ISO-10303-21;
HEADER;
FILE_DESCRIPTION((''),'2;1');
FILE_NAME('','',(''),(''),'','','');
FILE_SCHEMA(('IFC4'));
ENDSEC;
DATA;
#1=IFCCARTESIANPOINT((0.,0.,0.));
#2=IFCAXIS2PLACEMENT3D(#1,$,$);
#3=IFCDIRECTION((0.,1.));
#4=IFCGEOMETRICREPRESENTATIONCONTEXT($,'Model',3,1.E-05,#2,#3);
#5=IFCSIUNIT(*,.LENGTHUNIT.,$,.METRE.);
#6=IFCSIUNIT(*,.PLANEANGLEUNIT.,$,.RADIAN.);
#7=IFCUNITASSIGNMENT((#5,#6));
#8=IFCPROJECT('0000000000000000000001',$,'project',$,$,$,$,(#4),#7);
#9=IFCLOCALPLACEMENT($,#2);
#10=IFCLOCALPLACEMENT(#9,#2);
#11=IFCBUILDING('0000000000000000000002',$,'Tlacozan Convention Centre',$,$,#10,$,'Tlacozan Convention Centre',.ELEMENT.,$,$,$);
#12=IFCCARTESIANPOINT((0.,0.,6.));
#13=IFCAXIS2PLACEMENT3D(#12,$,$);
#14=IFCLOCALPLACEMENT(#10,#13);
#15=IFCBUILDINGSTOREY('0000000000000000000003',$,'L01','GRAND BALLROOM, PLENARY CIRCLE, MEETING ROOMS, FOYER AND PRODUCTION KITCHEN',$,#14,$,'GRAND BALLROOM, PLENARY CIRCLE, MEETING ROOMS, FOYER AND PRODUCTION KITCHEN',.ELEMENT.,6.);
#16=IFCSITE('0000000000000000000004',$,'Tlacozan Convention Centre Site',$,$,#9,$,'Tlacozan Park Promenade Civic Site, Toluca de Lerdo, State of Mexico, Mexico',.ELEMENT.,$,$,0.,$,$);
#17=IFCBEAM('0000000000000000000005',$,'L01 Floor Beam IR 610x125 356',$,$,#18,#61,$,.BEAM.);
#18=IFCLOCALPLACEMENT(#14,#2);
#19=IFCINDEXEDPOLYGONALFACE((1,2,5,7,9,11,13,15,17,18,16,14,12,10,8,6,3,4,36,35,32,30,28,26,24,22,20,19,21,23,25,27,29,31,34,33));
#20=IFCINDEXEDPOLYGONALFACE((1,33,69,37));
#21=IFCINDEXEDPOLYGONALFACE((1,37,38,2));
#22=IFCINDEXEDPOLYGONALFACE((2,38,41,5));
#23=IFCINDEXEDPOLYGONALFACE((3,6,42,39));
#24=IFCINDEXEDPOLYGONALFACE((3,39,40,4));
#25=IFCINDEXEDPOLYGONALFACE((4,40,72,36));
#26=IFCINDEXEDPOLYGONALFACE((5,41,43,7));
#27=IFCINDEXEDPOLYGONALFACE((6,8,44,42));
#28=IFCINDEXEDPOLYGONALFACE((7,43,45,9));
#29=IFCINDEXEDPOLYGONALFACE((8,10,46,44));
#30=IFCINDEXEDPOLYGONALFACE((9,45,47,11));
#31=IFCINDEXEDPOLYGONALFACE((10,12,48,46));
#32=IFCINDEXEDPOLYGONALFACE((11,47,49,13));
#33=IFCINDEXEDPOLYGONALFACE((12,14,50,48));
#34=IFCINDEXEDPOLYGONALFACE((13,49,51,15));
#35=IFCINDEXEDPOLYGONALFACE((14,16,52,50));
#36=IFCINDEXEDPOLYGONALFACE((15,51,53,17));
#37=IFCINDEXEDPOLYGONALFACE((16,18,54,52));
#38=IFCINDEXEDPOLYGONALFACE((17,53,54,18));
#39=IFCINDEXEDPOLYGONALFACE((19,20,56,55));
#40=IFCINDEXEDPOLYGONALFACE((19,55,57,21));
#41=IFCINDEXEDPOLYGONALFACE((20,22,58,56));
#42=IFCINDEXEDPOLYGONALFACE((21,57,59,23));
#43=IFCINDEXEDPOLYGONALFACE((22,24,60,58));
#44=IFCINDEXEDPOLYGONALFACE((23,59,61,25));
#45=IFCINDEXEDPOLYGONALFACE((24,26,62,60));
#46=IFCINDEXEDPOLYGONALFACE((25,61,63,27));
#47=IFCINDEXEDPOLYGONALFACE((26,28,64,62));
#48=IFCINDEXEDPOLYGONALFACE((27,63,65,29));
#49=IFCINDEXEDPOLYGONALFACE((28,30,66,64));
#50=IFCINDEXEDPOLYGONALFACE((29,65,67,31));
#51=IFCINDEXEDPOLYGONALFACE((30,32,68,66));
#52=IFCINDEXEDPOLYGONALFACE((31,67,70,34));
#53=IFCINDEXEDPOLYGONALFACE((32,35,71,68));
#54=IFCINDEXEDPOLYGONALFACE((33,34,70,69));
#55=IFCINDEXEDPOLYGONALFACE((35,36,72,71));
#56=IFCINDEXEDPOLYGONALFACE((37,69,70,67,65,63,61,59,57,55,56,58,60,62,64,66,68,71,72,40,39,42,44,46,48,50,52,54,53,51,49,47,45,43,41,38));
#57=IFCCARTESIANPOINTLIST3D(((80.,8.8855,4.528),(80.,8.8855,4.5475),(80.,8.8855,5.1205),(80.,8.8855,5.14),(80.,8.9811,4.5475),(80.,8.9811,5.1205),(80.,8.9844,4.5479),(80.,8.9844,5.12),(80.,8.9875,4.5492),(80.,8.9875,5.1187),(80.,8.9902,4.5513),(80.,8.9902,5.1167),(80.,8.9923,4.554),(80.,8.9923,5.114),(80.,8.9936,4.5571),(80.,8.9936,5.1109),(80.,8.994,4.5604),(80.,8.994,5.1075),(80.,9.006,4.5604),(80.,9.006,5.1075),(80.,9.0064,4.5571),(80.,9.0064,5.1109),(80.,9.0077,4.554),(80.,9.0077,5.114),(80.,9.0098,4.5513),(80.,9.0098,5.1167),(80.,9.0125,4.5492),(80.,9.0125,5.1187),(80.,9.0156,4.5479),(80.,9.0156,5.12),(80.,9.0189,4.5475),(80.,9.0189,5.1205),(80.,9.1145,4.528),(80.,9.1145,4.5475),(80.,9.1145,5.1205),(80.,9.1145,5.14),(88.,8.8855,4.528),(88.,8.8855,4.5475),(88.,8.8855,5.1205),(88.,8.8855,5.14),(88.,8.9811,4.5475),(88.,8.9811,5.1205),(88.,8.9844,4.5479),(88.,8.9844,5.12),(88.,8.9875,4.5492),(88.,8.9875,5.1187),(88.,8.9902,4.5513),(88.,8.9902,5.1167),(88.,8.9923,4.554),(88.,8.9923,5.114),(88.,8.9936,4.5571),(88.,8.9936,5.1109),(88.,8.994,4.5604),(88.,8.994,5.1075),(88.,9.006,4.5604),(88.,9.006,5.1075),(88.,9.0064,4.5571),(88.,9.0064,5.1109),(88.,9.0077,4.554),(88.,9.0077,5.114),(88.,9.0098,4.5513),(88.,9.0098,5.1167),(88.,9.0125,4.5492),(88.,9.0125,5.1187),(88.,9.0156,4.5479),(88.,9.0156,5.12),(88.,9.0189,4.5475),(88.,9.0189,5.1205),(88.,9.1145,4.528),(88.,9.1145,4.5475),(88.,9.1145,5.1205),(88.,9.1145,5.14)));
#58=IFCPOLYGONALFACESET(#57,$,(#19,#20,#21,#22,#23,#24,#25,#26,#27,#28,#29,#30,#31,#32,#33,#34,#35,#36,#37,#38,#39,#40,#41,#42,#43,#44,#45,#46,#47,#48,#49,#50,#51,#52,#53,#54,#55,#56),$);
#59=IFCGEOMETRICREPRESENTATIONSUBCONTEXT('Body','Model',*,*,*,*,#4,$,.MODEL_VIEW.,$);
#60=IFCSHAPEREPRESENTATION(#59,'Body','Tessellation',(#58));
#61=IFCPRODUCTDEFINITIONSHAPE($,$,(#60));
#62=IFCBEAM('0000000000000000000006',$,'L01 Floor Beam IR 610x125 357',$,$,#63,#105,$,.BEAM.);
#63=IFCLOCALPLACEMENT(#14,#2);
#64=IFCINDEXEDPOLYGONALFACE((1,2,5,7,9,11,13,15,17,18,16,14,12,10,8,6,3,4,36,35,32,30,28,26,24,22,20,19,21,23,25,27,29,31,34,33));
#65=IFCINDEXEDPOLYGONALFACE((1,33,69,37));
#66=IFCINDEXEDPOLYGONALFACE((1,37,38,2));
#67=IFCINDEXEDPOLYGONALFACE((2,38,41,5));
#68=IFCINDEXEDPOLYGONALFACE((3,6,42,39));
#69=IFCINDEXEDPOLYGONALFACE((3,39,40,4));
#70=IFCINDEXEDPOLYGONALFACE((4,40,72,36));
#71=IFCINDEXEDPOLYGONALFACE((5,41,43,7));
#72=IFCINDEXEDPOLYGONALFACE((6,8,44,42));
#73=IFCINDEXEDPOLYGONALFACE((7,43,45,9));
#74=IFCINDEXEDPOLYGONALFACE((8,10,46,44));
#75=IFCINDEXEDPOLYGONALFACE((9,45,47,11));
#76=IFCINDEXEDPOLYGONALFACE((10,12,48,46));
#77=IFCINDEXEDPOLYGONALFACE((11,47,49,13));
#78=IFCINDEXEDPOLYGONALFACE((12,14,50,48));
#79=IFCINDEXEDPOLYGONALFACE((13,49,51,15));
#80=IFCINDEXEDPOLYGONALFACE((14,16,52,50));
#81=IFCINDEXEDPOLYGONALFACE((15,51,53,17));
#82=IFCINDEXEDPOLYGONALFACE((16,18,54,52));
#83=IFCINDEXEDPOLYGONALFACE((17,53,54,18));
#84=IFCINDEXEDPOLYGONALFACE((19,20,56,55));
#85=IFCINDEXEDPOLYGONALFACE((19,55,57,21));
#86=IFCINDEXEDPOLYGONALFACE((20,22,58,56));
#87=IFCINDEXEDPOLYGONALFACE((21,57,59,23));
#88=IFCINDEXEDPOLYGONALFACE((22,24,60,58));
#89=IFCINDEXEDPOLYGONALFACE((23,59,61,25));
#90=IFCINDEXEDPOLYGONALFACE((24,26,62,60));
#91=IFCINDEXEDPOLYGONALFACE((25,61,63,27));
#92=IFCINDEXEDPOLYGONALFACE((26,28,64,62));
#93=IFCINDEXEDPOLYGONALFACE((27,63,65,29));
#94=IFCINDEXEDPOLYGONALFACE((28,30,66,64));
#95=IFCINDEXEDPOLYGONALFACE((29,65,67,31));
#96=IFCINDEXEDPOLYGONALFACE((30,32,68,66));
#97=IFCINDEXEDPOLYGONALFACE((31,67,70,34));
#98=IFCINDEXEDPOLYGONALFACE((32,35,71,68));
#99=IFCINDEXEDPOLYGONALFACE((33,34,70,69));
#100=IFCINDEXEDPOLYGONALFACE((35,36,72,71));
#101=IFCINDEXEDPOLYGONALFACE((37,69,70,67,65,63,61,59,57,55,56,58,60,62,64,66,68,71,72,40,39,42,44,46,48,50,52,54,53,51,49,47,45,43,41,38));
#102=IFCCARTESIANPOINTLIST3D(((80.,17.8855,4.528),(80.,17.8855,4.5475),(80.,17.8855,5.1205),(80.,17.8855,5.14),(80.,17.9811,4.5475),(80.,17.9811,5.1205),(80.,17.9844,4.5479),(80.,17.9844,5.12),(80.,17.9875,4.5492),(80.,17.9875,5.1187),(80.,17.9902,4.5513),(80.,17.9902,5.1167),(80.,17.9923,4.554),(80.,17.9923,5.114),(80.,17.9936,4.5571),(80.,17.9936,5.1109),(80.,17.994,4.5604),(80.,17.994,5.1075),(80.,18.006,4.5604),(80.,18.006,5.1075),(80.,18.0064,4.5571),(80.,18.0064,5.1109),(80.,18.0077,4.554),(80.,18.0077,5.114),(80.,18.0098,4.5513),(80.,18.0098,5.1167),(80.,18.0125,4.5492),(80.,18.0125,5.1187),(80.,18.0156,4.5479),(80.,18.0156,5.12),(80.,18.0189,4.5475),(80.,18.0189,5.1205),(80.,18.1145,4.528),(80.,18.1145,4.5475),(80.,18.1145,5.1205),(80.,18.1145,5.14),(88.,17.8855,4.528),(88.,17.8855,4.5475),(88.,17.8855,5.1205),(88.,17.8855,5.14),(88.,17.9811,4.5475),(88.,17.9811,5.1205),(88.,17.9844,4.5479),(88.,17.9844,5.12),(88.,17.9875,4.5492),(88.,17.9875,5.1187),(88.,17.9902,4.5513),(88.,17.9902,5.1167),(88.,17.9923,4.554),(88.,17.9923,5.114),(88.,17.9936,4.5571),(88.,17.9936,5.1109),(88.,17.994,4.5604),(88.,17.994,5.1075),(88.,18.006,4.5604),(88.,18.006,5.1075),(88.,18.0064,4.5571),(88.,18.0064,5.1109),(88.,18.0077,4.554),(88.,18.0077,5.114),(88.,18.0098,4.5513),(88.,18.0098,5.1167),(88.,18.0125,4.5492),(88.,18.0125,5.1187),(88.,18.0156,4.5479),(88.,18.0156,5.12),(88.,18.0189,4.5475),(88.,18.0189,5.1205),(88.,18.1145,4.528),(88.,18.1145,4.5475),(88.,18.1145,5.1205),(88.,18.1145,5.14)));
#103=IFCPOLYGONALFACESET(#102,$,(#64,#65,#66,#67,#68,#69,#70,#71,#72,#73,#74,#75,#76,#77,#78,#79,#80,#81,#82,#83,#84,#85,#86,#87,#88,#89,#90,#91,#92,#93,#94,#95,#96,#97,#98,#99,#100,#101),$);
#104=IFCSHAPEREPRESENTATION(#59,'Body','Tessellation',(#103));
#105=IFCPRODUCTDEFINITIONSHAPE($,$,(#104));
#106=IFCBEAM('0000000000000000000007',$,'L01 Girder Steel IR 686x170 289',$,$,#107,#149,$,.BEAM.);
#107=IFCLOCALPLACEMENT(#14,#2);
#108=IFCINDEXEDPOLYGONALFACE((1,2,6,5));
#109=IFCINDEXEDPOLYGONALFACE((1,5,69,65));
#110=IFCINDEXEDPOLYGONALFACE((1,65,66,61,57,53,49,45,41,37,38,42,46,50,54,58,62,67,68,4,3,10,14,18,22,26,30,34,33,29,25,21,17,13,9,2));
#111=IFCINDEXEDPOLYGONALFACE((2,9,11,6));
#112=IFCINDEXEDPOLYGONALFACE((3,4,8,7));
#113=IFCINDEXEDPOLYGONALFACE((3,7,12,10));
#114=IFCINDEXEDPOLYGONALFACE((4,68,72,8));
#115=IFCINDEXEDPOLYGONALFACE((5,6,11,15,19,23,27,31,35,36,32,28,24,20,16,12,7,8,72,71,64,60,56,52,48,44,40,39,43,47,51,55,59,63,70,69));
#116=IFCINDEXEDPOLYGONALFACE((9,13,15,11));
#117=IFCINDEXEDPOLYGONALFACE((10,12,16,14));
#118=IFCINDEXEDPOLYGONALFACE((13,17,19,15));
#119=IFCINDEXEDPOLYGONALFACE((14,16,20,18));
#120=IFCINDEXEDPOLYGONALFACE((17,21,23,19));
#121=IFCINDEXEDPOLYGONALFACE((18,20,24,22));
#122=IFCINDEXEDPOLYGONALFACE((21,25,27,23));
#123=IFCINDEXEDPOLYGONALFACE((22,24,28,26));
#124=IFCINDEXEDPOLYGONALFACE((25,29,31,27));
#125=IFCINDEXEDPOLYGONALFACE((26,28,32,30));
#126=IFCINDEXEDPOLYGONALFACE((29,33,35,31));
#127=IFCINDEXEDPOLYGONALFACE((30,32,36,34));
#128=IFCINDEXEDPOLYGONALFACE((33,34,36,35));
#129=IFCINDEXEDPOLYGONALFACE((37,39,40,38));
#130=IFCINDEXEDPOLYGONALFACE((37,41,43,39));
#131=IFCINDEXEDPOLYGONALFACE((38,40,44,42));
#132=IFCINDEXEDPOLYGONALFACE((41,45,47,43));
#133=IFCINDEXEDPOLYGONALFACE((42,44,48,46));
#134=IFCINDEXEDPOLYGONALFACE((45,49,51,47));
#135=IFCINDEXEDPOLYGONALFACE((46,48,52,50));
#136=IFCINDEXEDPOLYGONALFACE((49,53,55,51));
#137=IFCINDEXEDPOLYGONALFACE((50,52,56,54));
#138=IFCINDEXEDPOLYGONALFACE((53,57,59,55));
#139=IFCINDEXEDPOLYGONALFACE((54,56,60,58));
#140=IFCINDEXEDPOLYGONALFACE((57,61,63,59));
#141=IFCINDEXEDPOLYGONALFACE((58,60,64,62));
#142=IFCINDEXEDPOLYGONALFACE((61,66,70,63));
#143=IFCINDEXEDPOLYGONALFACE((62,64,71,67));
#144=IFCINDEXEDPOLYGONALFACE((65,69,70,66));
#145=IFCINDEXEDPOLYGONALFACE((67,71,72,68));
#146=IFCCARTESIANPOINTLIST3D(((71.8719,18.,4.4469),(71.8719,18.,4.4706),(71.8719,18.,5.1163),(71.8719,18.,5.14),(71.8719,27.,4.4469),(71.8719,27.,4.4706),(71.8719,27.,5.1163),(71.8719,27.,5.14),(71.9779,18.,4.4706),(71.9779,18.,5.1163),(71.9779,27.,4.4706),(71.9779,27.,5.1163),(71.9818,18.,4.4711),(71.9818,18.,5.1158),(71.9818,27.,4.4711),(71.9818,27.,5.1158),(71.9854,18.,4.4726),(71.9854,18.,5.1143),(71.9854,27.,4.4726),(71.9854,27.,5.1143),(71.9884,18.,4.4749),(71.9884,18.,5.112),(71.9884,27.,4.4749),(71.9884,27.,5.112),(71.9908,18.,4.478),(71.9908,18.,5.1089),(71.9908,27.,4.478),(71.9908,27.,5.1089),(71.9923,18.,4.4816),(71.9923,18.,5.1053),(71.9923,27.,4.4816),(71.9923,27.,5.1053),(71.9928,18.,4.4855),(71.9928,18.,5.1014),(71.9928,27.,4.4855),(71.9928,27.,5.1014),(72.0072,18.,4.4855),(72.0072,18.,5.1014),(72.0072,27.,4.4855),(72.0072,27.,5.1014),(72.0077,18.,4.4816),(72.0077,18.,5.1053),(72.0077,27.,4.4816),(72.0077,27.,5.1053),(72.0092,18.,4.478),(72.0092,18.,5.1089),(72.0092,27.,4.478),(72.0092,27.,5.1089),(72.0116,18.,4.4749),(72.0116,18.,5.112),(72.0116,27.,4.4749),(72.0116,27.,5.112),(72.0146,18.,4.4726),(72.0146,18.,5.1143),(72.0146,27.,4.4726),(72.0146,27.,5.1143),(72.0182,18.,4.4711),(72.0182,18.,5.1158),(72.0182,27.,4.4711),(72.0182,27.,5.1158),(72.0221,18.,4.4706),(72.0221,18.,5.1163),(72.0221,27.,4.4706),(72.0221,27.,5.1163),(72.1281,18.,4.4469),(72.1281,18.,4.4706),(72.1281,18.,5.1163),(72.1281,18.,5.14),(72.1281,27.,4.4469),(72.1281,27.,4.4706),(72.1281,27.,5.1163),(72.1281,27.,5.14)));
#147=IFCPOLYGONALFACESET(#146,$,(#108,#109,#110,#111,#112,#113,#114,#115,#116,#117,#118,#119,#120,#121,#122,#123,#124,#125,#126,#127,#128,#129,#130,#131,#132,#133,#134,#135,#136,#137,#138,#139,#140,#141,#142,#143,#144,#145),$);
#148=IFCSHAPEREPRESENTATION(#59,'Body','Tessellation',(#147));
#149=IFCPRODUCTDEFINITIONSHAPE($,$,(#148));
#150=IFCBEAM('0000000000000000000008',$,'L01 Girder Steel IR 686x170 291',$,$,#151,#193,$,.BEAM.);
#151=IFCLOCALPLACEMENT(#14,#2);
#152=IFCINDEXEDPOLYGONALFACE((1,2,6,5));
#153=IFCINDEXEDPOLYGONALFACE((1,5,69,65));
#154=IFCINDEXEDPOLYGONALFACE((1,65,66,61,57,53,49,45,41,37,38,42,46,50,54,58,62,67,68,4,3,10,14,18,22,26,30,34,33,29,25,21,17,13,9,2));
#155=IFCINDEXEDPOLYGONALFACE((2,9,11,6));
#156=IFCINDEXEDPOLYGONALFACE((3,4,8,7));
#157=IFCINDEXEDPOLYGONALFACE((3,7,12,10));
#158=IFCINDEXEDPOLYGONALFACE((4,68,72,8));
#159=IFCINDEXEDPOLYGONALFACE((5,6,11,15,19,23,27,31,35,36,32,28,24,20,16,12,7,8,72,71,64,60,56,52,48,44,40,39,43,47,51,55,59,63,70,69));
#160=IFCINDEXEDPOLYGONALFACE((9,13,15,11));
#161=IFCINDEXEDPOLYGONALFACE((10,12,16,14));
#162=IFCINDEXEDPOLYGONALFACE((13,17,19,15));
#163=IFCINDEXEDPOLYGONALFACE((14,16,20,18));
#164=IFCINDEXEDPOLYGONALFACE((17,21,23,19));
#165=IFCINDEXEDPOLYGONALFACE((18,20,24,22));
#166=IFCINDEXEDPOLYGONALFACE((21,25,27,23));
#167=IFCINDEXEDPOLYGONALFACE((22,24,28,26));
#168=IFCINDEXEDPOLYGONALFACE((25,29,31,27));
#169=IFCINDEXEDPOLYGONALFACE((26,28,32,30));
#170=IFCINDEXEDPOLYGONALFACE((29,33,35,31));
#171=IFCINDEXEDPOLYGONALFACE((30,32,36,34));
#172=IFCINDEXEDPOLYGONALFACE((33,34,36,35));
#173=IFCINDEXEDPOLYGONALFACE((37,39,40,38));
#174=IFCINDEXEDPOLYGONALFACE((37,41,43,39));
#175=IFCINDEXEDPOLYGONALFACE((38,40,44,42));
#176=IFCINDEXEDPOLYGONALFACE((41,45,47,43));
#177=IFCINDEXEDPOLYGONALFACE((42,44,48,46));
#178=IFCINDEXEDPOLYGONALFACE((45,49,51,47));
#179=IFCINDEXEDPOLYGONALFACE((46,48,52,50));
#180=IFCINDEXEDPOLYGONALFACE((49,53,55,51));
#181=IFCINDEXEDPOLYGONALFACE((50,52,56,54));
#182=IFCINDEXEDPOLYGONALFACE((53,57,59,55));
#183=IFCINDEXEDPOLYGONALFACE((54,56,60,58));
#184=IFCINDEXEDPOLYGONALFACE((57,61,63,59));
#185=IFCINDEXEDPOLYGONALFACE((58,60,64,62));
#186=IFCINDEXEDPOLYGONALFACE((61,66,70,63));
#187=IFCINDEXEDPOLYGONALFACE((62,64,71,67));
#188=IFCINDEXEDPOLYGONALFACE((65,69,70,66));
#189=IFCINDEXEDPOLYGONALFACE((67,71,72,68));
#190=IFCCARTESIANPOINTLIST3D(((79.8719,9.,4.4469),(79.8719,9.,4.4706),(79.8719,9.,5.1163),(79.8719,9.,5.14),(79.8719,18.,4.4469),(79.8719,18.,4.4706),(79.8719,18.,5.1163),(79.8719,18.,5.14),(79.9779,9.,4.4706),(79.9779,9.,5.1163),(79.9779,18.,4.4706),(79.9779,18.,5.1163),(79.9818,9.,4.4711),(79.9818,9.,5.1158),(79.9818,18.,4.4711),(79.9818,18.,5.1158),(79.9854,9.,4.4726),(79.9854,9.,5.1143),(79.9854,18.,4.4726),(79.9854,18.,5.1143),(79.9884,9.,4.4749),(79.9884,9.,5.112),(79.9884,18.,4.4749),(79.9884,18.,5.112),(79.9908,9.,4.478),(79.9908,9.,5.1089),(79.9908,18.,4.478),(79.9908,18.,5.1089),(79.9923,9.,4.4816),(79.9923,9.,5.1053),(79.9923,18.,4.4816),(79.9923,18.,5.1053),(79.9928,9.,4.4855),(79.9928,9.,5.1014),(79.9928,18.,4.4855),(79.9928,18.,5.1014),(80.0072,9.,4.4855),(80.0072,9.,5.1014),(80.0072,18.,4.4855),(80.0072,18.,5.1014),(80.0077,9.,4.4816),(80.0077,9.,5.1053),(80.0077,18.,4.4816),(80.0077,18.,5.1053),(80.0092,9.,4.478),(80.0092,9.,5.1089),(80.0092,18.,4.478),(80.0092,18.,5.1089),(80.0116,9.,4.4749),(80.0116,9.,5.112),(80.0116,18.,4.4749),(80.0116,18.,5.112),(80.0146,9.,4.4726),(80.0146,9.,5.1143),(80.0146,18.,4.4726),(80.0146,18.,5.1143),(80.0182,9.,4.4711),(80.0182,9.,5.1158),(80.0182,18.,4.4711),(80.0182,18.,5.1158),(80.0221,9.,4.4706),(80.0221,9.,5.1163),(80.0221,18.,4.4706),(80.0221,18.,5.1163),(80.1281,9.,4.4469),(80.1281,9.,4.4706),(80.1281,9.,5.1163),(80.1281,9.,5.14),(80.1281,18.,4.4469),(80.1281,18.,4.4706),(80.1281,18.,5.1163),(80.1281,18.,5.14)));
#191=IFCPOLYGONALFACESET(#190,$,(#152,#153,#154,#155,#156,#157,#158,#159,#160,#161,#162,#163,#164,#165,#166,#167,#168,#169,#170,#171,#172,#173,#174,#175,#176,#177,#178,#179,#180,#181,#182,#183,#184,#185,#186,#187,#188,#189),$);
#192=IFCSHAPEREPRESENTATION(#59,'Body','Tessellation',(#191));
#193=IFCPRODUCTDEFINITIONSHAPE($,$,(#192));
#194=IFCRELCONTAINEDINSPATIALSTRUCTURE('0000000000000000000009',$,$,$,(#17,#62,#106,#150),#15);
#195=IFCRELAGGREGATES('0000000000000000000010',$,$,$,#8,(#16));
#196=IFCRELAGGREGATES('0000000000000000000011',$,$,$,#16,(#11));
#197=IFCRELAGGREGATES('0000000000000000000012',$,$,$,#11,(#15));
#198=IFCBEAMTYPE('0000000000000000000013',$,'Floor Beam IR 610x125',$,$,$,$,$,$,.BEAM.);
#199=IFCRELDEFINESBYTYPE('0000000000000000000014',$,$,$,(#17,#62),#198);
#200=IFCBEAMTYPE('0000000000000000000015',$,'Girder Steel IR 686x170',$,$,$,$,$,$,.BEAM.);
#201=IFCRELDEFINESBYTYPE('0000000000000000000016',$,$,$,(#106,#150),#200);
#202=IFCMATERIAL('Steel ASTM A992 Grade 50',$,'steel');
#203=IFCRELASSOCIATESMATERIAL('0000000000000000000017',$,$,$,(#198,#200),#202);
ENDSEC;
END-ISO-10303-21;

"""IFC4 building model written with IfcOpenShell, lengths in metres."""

from ifc_helpers import new_model, si_unit, direction, frame, origin, origin_2d, place, context, subcontext, project, spatial, i_section, extrude, material, material_profile, profile_set, type_object, element, save


model = new_model("IFC4")

# Units and contexts
model_context = context("Model", 3, precision=1e-05, world=origin(), true_north=direction((0.0, 1.0)))
body_context = subcontext(model_context, "Body", "Model", "MODEL_VIEW")
ifc_project = project(units=[si_unit("LENGTHUNIT", "METRE"), si_unit("PLANEANGLEUNIT", "RADIAN")], contexts=[model_context])

# Site, building, storey
site_placement = place(None, origin())
site = spatial("IfcSite", under=ifc_project, at=site_placement, Name="Tlacozan Convention Centre Site", LongName="Tlacozan Park Promenade Civic Site, Toluca de Lerdo, State of Mexico, Mexico", CompositionType="ELEMENT", RefElevation=0.0)
building_placement = place(site_placement, origin())
building = spatial("IfcBuilding", under=site, at=building_placement, Name="Tlacozan Convention Centre", LongName="Tlacozan Convention Centre", CompositionType="ELEMENT")
storey_placement = place(building_placement, frame((0.0, 0.0, 6.0)))
storey = spatial("IfcBuildingStorey", under=building, at=storey_placement, Name="L01", Description="GRAND BALLROOM, PLENARY CIRCLE, MEETING ROOMS, FOYER AND PRODUCTION KITCHEN", LongName="GRAND BALLROOM, PLENARY CIRCLE, MEETING ROOMS, FOYER AND PRODUCTION KITCHEN", CompositionType="ELEMENT", Elevation=6.0)

# Beams
ifc_material_1 = material(Name="Steel ASTM A992 Grade 50", Category="steel")
ifc_material_profile_1 = material_profile(ifc_material_1, i_section(OverallWidth=0.229, OverallDepth=0.6121, WebThickness=0.012, FlangeThickness=0.0195, FilletRadius=0.0129, at=origin_2d()), Name="IR 610x125.0")
ifc_profile_set_1 = profile_set([ifc_material_profile_1], Name="Steel ASTM A992 Grade 50")
beam_type_1 = type_object("IfcBeamType", Name="Floor Beam IR 610x125", PredefinedType="BEAM", material=ifc_profile_set_1)
for number, where, z_axis, x_axis, name in (
    (1, (80.0, 9.0, 4.834), (1.0, 0.0, 0.0), (0.0, 1.0, 0.0), "L01 Floor Beam IR 610x125 356"),
    (2, (80.0, 18.0, 4.834), (1.0, 0.0, 0.0), (0.0, 1.0, 0.0), "L01 Floor Beam IR 610x125 357"),
):
    element("IfcBeam", number, at=place(storey_placement, frame(where, z_axis=z_axis, x_axis=x_axis)), inside=storey, type_object=beam_type_1, Name=name, PredefinedType="BEAM", context=body_context, shape_type="SweptSolid", body=[
        extrude(i_section(OverallWidth=0.229, OverallDepth=0.6121, WebThickness=0.012, FlangeThickness=0.0195, FilletRadius=0.0129, at=origin_2d()), origin(), (0.0, 0.0, 1.0), 8.0),
    ])
ifc_material_profile_2 = material_profile(ifc_material_1, i_section(OverallWidth=0.2561, OverallDepth=0.6931, WebThickness=0.0144, FlangeThickness=0.0237, FilletRadius=0.0149, at=origin_2d()), Name="IR 686x170.0")
ifc_profile_set_2 = profile_set([ifc_material_profile_2], Name="Steel ASTM A992 Grade 50")
beam_type_2 = type_object("IfcBeamType", Name="Girder Steel IR 686x170", PredefinedType="BEAM", material=ifc_profile_set_2)
for number, where, z_axis, x_axis, name in (
    (3, (72.0, 18.0, 4.7935), (0.0, 1.0, 0.0), (-1.0, 0.0, 0.0), "L01 Girder Steel IR 686x170 289"),
    (4, (80.0, 9.0, 4.7935), (0.0, 1.0, 0.0), (-1.0, 0.0, 0.0), "L01 Girder Steel IR 686x170 291"),
):
    element("IfcBeam", number, at=place(storey_placement, frame(where, z_axis=z_axis, x_axis=x_axis)), inside=storey, type_object=beam_type_2, Name=name, PredefinedType="BEAM", context=body_context, shape_type="SweptSolid", body=[
        extrude(i_section(OverallWidth=0.2561, OverallDepth=0.6931, WebThickness=0.0144, FlangeThickness=0.0237, FilletRadius=0.0149, at=origin_2d()), origin(), (0.0, 0.0, 1.0), 9.0),
    ])

save(model, "model.ifc")
